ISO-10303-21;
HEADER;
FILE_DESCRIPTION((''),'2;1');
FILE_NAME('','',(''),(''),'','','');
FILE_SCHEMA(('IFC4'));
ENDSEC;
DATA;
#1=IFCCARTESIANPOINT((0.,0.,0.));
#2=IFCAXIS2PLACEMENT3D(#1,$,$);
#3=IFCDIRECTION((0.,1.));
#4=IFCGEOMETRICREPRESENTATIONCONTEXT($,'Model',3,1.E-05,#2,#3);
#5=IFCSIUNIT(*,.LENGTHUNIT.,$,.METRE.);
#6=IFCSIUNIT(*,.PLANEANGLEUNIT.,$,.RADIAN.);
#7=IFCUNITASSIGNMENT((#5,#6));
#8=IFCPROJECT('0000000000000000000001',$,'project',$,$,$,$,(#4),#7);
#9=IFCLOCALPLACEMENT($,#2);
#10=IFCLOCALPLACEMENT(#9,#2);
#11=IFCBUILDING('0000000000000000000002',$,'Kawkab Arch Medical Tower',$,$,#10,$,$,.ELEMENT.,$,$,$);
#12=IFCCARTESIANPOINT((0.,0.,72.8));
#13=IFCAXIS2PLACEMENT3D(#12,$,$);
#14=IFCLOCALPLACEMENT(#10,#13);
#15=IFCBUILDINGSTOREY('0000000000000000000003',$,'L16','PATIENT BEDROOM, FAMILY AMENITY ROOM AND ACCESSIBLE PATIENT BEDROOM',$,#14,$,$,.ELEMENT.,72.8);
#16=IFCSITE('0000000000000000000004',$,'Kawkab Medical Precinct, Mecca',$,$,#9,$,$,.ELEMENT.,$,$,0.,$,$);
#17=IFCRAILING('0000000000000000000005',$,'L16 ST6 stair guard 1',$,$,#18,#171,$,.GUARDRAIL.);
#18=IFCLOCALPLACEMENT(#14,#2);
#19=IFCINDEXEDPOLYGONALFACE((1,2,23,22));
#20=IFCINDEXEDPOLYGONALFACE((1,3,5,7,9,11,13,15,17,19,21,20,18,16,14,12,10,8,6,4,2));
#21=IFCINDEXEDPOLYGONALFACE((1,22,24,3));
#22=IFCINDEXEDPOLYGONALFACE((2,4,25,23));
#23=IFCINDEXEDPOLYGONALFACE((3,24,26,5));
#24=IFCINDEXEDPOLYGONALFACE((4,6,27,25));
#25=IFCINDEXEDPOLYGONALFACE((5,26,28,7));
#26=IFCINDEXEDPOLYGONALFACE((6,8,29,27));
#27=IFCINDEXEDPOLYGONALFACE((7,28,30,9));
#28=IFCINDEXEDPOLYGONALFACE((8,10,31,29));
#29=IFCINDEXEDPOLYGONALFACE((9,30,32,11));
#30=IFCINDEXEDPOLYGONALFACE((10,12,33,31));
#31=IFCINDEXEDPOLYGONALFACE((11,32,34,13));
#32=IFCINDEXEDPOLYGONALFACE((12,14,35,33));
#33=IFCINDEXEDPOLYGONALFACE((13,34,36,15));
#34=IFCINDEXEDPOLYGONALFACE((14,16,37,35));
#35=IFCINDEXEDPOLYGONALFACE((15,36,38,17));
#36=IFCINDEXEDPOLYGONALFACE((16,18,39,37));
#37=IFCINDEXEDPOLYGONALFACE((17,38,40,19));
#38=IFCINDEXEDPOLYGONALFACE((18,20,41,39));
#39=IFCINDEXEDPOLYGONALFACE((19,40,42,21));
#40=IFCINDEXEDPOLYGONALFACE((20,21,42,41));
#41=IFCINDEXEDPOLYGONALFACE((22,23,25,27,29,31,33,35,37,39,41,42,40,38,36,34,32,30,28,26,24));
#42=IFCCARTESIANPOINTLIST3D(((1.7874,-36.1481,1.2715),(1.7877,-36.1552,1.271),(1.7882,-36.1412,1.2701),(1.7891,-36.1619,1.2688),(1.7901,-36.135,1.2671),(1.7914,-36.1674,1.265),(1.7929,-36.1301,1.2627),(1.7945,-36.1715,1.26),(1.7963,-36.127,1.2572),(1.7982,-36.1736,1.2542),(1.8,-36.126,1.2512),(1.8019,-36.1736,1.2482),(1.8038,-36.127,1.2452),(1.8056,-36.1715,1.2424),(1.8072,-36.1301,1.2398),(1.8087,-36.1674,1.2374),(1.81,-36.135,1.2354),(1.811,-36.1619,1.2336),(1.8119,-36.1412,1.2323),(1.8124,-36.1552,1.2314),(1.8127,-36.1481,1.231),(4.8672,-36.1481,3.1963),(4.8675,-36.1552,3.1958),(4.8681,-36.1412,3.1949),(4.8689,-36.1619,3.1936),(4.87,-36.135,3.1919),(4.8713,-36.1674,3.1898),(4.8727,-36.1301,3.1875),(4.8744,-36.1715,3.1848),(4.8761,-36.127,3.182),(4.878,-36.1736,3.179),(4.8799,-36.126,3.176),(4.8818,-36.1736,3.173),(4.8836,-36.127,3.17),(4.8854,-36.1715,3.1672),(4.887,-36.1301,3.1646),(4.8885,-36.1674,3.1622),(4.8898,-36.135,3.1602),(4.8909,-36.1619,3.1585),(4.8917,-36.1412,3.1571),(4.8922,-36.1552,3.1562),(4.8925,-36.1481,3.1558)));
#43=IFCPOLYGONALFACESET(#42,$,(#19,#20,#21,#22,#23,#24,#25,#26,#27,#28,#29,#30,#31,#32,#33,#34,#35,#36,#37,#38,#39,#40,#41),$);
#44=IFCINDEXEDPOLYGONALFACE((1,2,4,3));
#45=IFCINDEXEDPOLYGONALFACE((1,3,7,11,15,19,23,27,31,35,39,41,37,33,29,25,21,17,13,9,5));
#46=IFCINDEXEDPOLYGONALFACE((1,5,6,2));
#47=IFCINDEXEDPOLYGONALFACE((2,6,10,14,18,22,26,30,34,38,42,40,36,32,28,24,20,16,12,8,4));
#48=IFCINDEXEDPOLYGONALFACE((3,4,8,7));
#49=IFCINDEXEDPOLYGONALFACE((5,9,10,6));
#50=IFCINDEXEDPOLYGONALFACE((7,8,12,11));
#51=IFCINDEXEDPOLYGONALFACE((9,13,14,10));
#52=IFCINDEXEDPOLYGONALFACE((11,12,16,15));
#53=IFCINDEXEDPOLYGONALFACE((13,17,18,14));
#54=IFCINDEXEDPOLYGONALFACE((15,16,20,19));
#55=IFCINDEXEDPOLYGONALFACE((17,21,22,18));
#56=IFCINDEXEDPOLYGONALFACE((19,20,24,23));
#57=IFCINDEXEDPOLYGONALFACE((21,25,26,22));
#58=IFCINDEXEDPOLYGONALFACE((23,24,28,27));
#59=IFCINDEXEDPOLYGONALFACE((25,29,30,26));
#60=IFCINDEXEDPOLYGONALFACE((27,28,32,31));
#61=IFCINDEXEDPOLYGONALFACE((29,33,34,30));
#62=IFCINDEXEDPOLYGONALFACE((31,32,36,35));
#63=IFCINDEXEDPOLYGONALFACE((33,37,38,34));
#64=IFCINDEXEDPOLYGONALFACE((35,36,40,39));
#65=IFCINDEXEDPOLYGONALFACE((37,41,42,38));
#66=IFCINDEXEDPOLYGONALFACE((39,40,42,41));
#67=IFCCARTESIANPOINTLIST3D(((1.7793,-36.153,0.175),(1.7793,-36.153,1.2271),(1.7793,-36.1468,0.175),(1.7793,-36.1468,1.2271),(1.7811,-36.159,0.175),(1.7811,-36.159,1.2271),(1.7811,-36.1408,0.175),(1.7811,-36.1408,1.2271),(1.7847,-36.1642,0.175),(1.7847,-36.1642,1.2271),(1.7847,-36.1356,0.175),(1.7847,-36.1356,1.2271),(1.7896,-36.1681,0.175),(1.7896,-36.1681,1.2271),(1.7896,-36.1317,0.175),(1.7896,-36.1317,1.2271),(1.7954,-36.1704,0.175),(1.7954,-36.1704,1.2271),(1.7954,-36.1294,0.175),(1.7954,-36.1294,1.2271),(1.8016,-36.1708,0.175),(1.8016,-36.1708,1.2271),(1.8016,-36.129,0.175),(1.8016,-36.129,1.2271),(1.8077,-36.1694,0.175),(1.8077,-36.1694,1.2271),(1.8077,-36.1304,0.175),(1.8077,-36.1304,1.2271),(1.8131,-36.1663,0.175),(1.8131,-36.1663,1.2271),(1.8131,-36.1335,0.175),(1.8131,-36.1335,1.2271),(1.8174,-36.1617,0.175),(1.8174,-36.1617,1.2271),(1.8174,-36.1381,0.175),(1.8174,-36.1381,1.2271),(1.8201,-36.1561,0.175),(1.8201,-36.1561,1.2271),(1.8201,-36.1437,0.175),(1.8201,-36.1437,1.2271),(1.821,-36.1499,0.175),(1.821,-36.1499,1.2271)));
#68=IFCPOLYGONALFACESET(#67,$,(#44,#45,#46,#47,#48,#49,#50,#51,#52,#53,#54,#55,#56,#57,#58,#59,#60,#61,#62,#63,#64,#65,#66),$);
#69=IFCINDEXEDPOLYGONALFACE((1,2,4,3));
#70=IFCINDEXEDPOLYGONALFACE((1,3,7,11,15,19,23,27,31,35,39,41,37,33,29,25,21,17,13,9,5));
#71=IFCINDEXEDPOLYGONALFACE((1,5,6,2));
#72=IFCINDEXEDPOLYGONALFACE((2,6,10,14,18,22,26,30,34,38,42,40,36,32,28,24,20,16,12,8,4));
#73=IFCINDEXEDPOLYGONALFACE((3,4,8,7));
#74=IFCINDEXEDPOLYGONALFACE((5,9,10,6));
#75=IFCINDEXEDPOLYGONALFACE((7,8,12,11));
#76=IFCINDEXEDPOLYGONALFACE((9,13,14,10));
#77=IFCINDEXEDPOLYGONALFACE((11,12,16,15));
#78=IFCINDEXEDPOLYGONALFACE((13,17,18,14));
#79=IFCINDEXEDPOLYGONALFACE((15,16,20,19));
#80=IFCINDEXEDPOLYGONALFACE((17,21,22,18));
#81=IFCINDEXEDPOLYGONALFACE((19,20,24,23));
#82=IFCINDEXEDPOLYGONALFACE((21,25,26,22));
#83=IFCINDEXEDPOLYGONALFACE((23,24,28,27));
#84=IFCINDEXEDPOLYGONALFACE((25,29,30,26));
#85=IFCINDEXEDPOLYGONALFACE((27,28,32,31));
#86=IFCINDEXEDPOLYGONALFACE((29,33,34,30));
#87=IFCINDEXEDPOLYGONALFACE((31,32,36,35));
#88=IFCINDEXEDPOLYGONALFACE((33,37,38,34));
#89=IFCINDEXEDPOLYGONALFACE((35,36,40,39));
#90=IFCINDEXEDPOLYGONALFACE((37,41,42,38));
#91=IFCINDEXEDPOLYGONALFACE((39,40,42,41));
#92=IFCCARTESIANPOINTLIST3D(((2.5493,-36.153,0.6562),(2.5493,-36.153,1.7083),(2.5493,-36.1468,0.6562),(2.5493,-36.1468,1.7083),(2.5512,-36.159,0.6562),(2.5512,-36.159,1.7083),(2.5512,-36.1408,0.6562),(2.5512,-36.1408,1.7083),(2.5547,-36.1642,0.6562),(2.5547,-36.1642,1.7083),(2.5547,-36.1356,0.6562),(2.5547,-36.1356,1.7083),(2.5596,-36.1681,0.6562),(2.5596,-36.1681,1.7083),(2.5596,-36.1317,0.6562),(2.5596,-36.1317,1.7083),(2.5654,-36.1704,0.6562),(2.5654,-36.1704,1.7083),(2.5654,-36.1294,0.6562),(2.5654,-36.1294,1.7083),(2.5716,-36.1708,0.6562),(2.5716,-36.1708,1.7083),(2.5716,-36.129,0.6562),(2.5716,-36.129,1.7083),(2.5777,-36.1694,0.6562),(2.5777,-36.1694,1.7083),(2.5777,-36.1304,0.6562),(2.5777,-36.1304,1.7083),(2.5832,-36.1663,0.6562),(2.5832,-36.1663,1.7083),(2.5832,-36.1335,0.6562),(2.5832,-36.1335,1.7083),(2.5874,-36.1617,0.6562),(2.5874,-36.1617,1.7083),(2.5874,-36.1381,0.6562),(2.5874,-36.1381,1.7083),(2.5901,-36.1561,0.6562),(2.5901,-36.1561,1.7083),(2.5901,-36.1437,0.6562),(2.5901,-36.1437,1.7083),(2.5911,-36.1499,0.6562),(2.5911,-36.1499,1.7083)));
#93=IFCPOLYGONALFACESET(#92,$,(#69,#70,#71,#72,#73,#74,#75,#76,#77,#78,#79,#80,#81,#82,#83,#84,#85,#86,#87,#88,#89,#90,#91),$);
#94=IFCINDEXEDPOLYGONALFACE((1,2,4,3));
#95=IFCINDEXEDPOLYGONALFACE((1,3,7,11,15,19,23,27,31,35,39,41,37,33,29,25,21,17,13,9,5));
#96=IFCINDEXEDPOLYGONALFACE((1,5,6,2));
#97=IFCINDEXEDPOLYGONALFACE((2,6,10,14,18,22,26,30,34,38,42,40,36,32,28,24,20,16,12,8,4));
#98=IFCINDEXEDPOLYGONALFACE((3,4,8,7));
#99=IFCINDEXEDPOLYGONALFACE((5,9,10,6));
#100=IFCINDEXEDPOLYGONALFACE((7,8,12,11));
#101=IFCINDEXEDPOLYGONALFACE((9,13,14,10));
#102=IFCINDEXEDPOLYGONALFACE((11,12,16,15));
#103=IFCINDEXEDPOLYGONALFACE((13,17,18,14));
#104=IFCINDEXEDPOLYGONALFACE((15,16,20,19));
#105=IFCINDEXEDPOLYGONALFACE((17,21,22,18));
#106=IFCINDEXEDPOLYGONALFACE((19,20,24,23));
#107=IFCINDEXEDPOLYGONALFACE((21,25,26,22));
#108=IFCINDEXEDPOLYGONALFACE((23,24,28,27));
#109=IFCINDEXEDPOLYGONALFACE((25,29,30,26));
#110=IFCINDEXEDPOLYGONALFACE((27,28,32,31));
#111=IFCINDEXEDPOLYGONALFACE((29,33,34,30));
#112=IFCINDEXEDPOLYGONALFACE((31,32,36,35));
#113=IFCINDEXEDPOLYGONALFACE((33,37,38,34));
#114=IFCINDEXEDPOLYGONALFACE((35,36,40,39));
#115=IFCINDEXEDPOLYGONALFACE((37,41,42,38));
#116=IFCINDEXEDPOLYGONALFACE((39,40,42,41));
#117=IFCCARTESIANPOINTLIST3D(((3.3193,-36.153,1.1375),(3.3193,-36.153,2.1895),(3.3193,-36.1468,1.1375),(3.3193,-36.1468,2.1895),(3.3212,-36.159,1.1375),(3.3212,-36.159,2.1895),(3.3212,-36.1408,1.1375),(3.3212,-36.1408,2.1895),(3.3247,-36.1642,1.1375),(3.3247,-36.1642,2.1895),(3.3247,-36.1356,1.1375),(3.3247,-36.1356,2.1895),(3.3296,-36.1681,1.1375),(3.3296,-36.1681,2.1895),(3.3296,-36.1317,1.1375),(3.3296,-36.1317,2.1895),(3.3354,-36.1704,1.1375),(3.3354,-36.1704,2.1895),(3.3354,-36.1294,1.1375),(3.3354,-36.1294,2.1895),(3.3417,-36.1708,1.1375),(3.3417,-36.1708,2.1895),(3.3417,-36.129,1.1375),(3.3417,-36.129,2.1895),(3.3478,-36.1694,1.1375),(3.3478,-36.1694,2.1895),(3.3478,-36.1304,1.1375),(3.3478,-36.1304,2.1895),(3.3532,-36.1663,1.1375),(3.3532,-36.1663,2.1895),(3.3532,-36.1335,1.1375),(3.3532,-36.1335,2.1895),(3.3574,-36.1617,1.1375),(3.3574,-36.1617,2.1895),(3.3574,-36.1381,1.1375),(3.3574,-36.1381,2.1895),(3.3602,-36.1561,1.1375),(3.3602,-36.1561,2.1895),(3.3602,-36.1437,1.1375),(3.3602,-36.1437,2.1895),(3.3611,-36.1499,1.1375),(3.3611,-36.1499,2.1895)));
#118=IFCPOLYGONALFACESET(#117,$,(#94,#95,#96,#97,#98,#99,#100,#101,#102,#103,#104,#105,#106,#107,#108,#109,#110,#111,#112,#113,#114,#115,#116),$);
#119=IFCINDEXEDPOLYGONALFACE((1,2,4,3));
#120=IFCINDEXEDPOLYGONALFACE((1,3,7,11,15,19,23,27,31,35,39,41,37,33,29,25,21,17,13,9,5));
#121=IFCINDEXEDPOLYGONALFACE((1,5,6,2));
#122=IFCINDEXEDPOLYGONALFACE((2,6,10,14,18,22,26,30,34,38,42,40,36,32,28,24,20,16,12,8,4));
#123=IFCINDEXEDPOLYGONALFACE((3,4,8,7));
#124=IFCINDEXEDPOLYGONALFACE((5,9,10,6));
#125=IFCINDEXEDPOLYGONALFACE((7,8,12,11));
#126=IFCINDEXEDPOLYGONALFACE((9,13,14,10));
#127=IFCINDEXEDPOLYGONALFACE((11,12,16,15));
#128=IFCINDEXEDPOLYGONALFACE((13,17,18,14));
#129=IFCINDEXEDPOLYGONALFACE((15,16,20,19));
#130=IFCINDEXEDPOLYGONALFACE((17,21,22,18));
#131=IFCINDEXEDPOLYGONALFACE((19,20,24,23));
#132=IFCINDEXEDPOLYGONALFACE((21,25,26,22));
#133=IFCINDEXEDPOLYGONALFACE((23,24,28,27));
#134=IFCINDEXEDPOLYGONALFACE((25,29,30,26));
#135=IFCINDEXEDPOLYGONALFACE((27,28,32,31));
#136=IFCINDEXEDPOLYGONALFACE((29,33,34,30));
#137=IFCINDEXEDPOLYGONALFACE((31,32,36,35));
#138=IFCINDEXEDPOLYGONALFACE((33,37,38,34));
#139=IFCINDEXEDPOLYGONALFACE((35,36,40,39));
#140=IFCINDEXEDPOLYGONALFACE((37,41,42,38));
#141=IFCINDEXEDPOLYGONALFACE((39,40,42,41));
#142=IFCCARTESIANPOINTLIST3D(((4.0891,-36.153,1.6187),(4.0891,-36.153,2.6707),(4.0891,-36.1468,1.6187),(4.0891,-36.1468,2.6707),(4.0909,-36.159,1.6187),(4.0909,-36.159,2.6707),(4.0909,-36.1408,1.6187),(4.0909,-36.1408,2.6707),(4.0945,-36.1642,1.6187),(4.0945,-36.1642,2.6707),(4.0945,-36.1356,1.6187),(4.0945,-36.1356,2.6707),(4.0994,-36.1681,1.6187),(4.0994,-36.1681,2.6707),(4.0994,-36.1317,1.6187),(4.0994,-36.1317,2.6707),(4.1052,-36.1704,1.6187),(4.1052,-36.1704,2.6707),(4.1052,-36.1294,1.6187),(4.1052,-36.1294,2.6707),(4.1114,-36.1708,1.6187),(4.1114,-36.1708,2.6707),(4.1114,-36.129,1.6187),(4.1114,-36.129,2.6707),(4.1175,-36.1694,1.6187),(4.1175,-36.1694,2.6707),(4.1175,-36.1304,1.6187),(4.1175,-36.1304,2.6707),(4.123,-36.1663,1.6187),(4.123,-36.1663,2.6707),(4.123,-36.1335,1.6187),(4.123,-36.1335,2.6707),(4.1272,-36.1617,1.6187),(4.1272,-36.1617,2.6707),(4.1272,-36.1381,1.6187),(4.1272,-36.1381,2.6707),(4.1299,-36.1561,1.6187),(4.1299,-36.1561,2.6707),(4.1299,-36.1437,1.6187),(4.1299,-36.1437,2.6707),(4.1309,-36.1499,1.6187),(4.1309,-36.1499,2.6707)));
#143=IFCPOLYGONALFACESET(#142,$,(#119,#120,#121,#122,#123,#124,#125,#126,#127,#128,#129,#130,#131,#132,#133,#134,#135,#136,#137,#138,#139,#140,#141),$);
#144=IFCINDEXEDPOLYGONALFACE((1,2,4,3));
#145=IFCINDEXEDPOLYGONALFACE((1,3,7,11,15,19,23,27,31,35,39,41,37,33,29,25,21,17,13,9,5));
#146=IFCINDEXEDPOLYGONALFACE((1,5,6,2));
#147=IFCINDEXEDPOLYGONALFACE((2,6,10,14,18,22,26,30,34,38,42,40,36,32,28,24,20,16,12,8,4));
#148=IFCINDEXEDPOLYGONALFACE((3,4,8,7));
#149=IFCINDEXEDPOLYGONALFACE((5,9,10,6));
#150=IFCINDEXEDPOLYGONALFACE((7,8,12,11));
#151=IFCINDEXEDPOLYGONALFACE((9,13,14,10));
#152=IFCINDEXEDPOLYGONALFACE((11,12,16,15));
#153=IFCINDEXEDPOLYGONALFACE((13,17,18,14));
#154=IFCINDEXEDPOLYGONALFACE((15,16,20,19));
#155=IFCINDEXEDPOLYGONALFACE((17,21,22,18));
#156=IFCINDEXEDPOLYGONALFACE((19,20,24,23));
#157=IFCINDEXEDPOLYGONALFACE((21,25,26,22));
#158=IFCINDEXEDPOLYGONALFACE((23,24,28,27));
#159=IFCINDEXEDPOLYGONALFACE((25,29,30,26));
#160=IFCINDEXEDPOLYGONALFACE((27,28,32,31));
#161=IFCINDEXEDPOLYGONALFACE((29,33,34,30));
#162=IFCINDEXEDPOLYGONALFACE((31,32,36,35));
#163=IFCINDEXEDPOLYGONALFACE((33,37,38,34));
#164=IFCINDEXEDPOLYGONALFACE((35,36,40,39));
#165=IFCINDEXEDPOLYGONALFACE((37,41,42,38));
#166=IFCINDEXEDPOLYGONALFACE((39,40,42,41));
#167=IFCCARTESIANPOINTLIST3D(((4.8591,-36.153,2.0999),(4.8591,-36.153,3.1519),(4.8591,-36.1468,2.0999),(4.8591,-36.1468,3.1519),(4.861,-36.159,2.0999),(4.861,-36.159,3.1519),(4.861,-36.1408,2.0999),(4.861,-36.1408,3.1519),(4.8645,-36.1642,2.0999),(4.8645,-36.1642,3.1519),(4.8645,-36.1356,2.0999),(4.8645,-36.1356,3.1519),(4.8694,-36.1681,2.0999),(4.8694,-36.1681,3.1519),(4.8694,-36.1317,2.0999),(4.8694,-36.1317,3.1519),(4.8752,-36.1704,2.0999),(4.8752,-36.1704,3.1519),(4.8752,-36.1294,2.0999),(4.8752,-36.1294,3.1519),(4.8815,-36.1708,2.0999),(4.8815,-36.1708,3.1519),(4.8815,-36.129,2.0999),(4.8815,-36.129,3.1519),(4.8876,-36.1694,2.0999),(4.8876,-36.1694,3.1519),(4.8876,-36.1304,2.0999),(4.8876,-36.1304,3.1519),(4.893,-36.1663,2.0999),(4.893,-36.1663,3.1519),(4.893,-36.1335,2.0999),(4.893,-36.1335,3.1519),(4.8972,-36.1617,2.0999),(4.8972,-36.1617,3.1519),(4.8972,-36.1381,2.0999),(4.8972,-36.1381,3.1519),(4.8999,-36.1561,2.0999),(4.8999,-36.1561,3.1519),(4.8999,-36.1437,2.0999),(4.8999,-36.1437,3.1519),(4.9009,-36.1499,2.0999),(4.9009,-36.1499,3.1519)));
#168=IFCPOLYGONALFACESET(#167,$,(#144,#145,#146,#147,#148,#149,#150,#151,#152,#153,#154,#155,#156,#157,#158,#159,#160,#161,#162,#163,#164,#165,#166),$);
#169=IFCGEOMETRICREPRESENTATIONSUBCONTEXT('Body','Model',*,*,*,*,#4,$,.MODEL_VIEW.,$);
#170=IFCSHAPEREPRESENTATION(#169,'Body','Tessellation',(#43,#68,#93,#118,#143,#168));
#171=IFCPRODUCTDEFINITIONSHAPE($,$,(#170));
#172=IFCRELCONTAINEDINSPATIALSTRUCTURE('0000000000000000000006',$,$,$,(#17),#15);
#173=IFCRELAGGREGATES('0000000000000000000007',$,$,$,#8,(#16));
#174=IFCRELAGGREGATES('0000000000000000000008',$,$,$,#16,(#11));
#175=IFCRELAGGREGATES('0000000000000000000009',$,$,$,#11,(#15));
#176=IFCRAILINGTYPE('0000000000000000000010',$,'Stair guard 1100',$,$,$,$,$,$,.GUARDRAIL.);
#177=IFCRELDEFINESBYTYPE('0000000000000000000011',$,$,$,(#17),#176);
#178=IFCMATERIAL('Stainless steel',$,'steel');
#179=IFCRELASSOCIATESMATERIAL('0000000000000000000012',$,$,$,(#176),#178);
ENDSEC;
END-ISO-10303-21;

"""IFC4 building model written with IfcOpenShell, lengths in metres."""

from ifc_helpers import new_model, si_unit, direction, frame, origin, origin_2d, place, context, subcontext, project, spatial, circle, extrude, material, type_object, element, save


model = new_model("IFC4")

# Units and contexts
model_context = context("Model", 3, precision=1e-05, world=origin(), true_north=direction((0.0, 1.0)))
body_context = subcontext(model_context, "Body", "Model", "MODEL_VIEW")
ifc_project = project(units=[si_unit("LENGTHUNIT", "METRE"), si_unit("PLANEANGLEUNIT", "RADIAN")], contexts=[model_context])

# Site, building, storey
site_placement = place(None, origin())
site = spatial("IfcSite", under=ifc_project, at=site_placement, Name="Kawkab Medical Precinct, Mecca", CompositionType="ELEMENT", RefElevation=0.0)
building_placement = place(site_placement, origin())
building = spatial("IfcBuilding", under=site, at=building_placement, Name="Kawkab Arch Medical Tower", CompositionType="ELEMENT")
storey_placement = place(building_placement, frame((0.0, 0.0, 72.8)))
storey = spatial("IfcBuildingStorey", under=building, at=storey_placement, Name="L16", Description="PATIENT BEDROOM, FAMILY AMENITY ROOM AND ACCESSIBLE PATIENT BEDROOM", CompositionType="ELEMENT", Elevation=72.8)

# Railing
ifc_material_1 = material(Name="Stainless steel", Category="steel")
railing_type = type_object("IfcRailingType", Name="Stair guard 1100", PredefinedType="GUARDRAIL", material=ifc_material_1)
railing_1_placement = place(storey_placement, frame((1.8, -36.1499, 0.175)))
element("IfcRailing", 1, at=railing_1_placement, inside=storey, type_object=railing_type, Name="L16 ST6 stair guard 1", PredefinedType="GUARDRAIL", context=body_context, shape_type="SweptSolid", body=[
    extrude(circle(Radius=0.0239, at=origin_2d()), frame((0.0, 0.0, 1.0762), z_axis=(0.84801, 0.0, 0.529981), x_axis=(0.0, 1.0, 0.0)), (0.0, 0.0, 1.0), 3.6318),
    extrude(circle(Radius=0.021, at=origin_2d()), origin(), (0.0, 0.0, 1.0), 1.052),
    extrude(circle(Radius=0.021, at=origin_2d()), frame((0.77, 0.0, 0.4812)), (0.0, 0.0, 1.0), 1.052),
    extrude(circle(Radius=0.021, at=origin_2d()), frame((1.54, 0.0, 0.9624)), (0.0, 0.0, 1.0), 1.052),
    extrude(circle(Radius=0.021, at=origin_2d()), frame((2.3098, 0.0, 1.4436)), (0.0, 0.0, 1.0), 1.052),
    extrude(circle(Radius=0.021, at=origin_2d()), frame((3.0798, 0.0, 1.9248)), (0.0, 0.0, 1.0), 1.052),
])

save(model, "model.ifc")
